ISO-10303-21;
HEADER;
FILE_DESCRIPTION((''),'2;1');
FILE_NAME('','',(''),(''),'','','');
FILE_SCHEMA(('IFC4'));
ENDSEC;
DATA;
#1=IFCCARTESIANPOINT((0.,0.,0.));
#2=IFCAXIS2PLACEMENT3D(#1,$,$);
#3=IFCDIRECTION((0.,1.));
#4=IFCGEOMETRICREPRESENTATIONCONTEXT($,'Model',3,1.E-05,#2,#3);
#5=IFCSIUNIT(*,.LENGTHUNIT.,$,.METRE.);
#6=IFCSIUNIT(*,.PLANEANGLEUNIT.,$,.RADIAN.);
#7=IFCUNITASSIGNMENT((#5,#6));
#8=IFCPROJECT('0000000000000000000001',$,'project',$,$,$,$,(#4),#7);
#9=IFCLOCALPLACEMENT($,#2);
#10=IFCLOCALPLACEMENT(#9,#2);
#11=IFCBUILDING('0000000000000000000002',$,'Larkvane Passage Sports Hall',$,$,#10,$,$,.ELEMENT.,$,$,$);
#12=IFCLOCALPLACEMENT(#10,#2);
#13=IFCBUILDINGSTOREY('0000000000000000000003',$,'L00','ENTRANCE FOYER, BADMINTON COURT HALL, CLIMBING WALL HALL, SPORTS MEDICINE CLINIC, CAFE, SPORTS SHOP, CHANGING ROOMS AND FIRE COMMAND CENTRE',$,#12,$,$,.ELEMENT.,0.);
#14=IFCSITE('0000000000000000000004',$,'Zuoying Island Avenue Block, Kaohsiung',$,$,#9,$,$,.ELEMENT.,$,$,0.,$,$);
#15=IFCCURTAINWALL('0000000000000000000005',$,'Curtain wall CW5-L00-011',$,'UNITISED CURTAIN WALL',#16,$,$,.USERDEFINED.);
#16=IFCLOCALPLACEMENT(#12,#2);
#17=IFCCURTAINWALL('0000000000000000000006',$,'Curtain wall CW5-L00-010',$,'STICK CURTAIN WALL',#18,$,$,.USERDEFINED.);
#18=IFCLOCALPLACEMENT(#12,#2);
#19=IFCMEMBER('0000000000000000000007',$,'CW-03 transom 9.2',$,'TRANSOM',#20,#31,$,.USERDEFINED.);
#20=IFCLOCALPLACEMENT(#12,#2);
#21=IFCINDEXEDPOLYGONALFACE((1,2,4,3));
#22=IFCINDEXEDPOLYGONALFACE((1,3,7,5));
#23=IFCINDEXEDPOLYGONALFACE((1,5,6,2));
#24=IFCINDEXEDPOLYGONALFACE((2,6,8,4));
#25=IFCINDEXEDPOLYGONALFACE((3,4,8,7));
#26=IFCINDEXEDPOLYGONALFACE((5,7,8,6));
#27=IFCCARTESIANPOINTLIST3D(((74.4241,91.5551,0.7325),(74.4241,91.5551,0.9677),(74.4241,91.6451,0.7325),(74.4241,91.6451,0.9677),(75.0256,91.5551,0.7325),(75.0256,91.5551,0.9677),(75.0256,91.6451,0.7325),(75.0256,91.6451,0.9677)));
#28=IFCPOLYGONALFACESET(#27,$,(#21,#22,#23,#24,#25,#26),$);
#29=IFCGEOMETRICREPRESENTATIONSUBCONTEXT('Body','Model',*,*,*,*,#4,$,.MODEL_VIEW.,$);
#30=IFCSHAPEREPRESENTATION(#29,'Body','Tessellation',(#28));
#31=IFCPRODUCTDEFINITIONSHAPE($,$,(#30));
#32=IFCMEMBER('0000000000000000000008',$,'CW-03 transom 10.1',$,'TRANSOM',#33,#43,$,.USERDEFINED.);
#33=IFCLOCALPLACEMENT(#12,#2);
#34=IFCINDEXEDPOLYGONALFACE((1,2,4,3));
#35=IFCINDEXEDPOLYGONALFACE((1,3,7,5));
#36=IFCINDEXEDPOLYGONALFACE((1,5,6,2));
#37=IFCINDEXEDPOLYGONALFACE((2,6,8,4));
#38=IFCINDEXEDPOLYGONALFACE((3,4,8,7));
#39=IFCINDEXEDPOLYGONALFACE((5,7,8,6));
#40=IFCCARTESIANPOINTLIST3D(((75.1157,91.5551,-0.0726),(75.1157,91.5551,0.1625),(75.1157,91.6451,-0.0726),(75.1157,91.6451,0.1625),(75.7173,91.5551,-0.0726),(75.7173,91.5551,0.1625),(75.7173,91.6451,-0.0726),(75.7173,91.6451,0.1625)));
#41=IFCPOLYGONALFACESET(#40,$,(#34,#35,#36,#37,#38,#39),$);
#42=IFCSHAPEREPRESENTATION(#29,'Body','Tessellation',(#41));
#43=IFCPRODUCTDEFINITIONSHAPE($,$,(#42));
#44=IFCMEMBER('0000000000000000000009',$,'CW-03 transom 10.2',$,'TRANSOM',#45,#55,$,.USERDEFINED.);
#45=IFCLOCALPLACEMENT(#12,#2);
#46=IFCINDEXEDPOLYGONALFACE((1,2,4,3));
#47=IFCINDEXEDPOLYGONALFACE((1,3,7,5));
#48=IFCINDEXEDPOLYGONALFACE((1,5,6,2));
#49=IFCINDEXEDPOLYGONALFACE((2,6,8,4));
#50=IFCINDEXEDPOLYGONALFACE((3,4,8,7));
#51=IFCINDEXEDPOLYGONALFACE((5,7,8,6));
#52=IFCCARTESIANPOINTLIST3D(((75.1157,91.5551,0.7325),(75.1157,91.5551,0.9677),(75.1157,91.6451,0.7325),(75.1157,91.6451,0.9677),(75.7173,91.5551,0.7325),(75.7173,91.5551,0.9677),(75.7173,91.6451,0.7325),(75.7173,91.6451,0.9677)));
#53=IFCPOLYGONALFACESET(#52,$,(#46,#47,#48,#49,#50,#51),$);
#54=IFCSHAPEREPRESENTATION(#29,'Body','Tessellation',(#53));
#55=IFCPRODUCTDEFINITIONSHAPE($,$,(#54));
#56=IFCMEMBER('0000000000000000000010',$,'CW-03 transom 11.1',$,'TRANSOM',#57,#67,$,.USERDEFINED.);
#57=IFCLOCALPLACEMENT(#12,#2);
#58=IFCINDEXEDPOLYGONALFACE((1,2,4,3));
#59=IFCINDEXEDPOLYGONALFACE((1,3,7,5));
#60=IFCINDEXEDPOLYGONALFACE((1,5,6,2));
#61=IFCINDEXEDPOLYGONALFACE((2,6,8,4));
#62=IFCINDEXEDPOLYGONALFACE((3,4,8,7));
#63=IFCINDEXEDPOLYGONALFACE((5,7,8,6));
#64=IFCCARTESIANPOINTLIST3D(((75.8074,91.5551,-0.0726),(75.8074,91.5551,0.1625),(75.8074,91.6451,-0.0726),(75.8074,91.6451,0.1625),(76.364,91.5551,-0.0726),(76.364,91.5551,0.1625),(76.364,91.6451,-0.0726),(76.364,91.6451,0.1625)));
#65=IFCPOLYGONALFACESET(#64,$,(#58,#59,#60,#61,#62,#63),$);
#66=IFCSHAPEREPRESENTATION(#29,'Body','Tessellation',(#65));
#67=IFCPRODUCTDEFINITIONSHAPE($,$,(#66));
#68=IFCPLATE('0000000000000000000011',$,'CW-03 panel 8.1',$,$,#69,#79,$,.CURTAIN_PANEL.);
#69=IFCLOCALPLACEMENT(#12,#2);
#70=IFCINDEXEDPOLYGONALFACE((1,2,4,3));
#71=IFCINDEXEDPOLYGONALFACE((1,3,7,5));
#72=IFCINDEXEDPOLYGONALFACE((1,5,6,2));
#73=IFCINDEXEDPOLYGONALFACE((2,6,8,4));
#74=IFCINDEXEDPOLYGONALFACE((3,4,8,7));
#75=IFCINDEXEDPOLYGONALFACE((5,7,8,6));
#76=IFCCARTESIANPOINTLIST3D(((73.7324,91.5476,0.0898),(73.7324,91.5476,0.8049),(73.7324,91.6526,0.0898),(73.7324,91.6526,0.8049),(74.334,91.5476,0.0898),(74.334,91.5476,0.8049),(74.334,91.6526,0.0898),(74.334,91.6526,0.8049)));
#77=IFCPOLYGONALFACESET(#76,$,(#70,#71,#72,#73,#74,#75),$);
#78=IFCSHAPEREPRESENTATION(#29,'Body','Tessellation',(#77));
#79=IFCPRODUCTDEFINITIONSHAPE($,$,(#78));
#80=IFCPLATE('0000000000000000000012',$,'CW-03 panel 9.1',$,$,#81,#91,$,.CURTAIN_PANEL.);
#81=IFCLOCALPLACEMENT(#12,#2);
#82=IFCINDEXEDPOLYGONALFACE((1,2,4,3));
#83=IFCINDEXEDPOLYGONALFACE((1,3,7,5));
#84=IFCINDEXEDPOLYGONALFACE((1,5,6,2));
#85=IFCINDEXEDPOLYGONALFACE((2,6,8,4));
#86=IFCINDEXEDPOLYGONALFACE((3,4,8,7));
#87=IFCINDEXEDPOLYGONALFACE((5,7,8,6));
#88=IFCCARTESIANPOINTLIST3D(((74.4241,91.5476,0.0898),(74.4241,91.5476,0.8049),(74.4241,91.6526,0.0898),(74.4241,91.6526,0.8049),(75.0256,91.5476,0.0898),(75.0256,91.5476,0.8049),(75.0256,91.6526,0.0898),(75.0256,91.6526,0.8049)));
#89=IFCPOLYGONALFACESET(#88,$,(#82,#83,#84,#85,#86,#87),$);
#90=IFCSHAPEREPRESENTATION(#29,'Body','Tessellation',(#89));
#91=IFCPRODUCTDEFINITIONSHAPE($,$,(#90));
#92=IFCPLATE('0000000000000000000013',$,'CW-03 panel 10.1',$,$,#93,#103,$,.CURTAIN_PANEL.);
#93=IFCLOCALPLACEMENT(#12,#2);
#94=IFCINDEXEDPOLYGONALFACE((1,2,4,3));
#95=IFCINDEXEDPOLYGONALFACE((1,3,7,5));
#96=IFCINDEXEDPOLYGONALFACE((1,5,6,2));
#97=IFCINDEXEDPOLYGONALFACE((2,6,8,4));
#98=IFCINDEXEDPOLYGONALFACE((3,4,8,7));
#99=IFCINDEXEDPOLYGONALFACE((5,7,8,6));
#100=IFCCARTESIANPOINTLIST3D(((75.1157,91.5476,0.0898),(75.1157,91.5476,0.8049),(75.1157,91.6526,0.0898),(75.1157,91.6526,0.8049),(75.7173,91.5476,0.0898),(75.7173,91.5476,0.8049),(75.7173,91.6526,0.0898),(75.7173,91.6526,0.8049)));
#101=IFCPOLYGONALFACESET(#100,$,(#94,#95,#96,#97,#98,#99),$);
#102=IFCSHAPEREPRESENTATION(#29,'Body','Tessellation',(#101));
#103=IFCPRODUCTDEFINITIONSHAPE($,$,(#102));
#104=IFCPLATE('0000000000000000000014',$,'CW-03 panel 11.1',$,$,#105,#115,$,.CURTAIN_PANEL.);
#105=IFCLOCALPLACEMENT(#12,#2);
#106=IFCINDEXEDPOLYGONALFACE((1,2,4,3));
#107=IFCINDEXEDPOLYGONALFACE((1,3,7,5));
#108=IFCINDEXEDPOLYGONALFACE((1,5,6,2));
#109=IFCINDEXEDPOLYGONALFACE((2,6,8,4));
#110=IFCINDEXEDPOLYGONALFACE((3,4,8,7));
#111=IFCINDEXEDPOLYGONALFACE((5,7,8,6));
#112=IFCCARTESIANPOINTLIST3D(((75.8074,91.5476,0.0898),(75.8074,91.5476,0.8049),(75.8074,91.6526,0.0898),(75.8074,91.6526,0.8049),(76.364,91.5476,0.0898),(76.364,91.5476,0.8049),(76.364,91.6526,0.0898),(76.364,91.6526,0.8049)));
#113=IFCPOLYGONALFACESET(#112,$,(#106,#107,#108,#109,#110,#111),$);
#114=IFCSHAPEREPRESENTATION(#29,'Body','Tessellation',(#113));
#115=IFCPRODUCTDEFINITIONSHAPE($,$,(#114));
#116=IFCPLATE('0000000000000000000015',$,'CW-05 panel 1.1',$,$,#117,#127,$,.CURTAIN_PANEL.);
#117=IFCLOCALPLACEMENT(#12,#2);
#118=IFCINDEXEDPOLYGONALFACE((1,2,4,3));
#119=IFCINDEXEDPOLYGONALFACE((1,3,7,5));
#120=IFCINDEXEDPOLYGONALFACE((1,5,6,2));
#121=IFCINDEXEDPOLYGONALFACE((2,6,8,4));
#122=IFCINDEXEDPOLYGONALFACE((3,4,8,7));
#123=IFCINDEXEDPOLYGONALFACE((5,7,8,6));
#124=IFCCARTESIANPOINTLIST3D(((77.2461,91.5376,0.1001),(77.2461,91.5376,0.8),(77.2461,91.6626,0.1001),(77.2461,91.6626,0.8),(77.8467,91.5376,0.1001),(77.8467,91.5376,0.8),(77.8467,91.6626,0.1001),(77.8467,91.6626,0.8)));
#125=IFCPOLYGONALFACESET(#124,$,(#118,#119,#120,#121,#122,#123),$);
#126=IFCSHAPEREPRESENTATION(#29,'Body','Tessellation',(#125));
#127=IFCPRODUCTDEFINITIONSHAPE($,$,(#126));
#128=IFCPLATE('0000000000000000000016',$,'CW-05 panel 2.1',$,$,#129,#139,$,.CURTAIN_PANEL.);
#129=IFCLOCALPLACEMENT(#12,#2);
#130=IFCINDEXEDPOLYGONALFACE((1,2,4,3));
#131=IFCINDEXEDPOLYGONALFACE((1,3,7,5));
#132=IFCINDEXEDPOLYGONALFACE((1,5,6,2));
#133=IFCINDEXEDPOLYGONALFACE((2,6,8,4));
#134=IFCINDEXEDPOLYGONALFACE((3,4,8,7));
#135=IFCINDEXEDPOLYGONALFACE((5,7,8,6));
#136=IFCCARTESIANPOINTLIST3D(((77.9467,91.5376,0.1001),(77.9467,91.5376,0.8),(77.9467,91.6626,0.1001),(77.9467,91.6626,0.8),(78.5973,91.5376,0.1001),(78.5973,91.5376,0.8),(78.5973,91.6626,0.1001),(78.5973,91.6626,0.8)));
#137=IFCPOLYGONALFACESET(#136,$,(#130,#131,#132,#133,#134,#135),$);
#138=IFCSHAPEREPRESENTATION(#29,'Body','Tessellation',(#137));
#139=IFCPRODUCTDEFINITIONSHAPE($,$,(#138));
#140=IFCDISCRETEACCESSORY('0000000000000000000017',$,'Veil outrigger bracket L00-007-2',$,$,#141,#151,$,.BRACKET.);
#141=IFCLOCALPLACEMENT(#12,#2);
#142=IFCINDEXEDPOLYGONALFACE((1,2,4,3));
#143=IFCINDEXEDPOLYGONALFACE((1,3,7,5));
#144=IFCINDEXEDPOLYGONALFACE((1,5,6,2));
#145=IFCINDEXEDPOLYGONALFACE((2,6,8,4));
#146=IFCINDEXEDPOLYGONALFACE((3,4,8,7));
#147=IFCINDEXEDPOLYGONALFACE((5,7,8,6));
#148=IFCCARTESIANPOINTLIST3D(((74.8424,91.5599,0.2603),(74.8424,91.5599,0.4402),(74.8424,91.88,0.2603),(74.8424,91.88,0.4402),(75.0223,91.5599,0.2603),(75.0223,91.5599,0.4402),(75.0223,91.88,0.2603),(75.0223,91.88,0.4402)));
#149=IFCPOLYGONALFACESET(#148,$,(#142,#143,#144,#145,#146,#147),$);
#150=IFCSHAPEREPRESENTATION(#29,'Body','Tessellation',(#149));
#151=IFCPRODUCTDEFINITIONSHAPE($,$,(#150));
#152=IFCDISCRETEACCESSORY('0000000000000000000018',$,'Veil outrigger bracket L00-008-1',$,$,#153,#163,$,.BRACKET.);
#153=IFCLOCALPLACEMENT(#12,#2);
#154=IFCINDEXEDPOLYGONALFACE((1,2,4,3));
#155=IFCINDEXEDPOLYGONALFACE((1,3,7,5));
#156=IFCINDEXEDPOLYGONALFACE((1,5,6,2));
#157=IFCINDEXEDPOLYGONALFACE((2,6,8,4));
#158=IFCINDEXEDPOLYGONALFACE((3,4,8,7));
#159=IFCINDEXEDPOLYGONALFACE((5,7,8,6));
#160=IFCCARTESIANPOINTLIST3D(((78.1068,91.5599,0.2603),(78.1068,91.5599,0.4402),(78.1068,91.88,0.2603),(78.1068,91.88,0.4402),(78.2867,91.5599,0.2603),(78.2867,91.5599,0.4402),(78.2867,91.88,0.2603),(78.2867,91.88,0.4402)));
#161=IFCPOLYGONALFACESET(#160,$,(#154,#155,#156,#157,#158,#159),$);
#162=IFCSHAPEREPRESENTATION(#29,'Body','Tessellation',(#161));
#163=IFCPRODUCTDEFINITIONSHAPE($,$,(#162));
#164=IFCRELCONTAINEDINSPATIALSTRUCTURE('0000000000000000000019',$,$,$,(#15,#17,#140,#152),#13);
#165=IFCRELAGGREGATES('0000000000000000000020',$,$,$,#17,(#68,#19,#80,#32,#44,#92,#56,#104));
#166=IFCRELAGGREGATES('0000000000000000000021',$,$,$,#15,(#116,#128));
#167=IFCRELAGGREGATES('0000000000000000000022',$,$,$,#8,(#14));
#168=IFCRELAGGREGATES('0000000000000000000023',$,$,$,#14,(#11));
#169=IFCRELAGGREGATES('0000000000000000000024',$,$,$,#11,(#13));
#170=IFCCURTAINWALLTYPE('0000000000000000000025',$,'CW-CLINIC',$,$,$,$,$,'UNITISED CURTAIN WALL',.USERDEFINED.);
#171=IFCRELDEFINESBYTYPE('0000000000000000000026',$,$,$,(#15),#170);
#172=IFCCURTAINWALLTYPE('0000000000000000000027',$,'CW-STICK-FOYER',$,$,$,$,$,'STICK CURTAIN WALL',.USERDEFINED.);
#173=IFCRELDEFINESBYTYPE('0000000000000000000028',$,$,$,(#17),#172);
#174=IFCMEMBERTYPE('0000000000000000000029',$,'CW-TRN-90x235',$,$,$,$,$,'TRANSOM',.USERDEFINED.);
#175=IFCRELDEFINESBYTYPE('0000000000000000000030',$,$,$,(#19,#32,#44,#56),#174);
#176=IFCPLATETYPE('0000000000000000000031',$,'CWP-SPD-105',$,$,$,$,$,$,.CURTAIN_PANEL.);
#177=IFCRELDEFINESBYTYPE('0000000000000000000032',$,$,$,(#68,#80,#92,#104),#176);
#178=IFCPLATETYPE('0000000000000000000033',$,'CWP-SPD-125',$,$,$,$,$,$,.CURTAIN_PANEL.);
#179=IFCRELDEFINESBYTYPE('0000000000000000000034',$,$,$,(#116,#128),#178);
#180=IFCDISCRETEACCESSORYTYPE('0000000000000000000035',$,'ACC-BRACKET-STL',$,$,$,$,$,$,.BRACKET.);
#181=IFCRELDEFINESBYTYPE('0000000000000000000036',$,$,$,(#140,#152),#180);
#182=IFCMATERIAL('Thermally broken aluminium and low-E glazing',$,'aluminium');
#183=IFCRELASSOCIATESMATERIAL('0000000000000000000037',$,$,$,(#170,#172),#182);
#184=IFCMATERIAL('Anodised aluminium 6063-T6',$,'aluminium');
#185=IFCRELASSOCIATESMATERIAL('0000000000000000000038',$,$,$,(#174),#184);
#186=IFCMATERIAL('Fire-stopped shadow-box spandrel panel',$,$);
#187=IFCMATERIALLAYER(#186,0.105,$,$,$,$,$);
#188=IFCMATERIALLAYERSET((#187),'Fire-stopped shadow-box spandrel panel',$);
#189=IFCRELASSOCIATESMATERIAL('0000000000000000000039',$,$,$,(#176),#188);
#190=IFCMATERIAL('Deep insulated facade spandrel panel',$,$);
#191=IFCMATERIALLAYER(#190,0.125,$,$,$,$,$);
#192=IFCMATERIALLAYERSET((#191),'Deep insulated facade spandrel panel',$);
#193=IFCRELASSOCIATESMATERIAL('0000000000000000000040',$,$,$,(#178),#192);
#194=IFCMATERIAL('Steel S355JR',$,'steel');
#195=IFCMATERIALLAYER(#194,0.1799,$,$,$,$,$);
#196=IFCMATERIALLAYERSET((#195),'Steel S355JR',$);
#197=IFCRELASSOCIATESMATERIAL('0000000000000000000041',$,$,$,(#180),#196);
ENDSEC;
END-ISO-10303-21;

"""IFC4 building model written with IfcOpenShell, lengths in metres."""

from ifc_helpers import new_model, si_unit, direction, frame, origin, origin_2d, place, context, subcontext, project, spatial, rectangle, extrude, material, layer, layer_set, material_profile, profile_set, type_object, element, aggregate, save


model = new_model("IFC4")

# Units and contexts
model_context = context("Model", 3, precision=1e-05, world=origin(), true_north=direction((0.0, 1.0)))
body_context = subcontext(model_context, "Body", "Model", "MODEL_VIEW")
ifc_project = project(units=[si_unit("LENGTHUNIT", "METRE"), si_unit("PLANEANGLEUNIT", "RADIAN")], contexts=[model_context])

# Site, building, storey
site_placement = place(None, origin())
site = spatial("IfcSite", under=ifc_project, at=site_placement, Name="Zuoying Island Avenue Block, Kaohsiung", CompositionType="ELEMENT", RefElevation=0.0)
building_placement = place(site_placement, origin())
building = spatial("IfcBuilding", under=site, at=building_placement, Name="Larkvane Passage Sports Hall", CompositionType="ELEMENT")
storey_placement = place(building_placement, origin())
storey = spatial("IfcBuildingStorey", under=building, at=storey_placement, Name="L00", Description="ENTRANCE FOYER, BADMINTON COURT HALL, CLIMBING WALL HALL, SPORTS MEDICINE CLINIC, CAFE, SPORTS SHOP, CHANGING ROOMS AND FIRE COMMAND CENTRE", CompositionType="ELEMENT", Elevation=0.0)

# Curtain walls
ifc_material_1 = material(Name="Thermally broken aluminium and low-E glazing", Category="aluminium")
curtain_wall_type_1 = type_object("IfcCurtainWallType", Name="CW-CLINIC", ElementType="UNITISED CURTAIN WALL", PredefinedType="USERDEFINED", material=ifc_material_1)
curtain_wall_1_placement = place(storey_placement, origin())
curtain_wall_1 = element("IfcCurtainWall", 1, at=curtain_wall_1_placement, inside=storey, type_object=curtain_wall_type_1, Name="Curtain wall CW5-L00-011", ObjectType="UNITISED CURTAIN WALL", PredefinedType="USERDEFINED")
ifc_material_2 = material(Name="Anodised aluminium 6063-T6", Category="aluminium")
curtain_wall_type_2 = type_object("IfcCurtainWallType", Name="CW-STICK-FOYER", ElementType="STICK CURTAIN WALL", PredefinedType="USERDEFINED", material=ifc_material_1)
curtain_wall_2_placement = place(storey_placement, origin())
curtain_wall_2 = element("IfcCurtainWall", 2, at=curtain_wall_2_placement, inside=storey, type_object=curtain_wall_type_2, Name="Curtain wall CW5-L00-010", ObjectType="STICK CURTAIN WALL", PredefinedType="USERDEFINED")

# Members
ifc_material_profile_1 = material_profile(ifc_material_2, rectangle(XDim=0.0901, YDim=0.2351, at=origin_2d()), Name="ALU-TRN-90x235")
ifc_profile_set_1 = profile_set([ifc_material_profile_1], Name="Anodised aluminium 6063-T6")
member_type_1 = type_object("IfcMemberType", Name="CW-TRN-90x235", ElementType="TRANSOM", PredefinedType="USERDEFINED", material=ifc_profile_set_1)
member_1_placement = place(storey_placement, frame((74.4241, 91.6001, 0.8501), z_axis=(1.0, 0.0, 0.0), x_axis=(0.0, 1.0, 0.0)))
member_1 = element("IfcMember", 3, at=member_1_placement, type_object=member_type_1, Name="CW-03 transom 9.2", ObjectType="TRANSOM", PredefinedType="USERDEFINED", context=body_context, shape_type="SweptSolid", body=[
    extrude(rectangle(XDim=0.0901, YDim=0.2351, at=origin_2d()), origin(), (0.0, 0.0, 1.0), 0.6016),
])
member_2_placement = place(storey_placement, frame((75.1157, 91.6001, 0.0449), z_axis=(1.0, 0.0, 0.0), x_axis=(0.0, 1.0, 0.0)))
member_2 = element("IfcMember", 4, at=member_2_placement, type_object=member_type_1, Name="CW-03 transom 10.1", ObjectType="TRANSOM", PredefinedType="USERDEFINED", context=body_context, shape_type="SweptSolid", body=[
    extrude(rectangle(XDim=0.0901, YDim=0.2351, at=origin_2d()), origin(), (0.0, 0.0, 1.0), 0.6016),
])
member_3_placement = place(storey_placement, frame((75.1157, 91.6001, 0.8501), z_axis=(1.0, 0.0, 0.0), x_axis=(0.0, 1.0, 0.0)))
member_3 = element("IfcMember", 5, at=member_3_placement, type_object=member_type_1, Name="CW-03 transom 10.2", ObjectType="TRANSOM", PredefinedType="USERDEFINED", context=body_context, shape_type="SweptSolid", body=[
    extrude(rectangle(XDim=0.0901, YDim=0.2351, at=origin_2d()), origin(), (0.0, 0.0, 1.0), 0.6016),
])
member_4_placement = place(storey_placement, frame((75.8074, 91.6001, 0.0449), z_axis=(1.0, 0.0, 0.0), x_axis=(0.0, 1.0, 0.0)))
member_4 = element("IfcMember", 6, at=member_4_placement, type_object=member_type_1, Name="CW-03 transom 11.1", ObjectType="TRANSOM", PredefinedType="USERDEFINED", context=body_context, shape_type="SweptSolid", body=[
    extrude(rectangle(XDim=0.0901, YDim=0.2351, at=origin_2d()), origin(), (0.0, 0.0, 1.0), 0.5566),
])

# Plates
ifc_material_3 = material(Name="Fire-stopped shadow-box spandrel panel")
ifc_layer_1 = layer(ifc_material_3, 0.105)
ifc_layer_set_1 = layer_set([ifc_layer_1], Name="Fire-stopped shadow-box spandrel panel")
plate_type_1 = type_object("IfcPlateType", Name="CWP-SPD-105", PredefinedType="CURTAIN_PANEL", material=ifc_layer_set_1)
plate_1_placement = place(storey_placement, frame((74.0332, 91.6001, 0.0898), z_axis=(0.0, 0.0, 1.0), x_axis=(1.0, 0.0, 0.0)))
plate_1 = element("IfcPlate", 7, at=plate_1_placement, type_object=plate_type_1, Name="CW-03 panel 8.1", PredefinedType="CURTAIN_PANEL", context=body_context, shape_type="SweptSolid", body=[
    extrude(rectangle(XDim=0.6016, YDim=0.105, at=origin_2d()), origin(), (0.0, 0.0, 1.0), 0.7151),
])
plate_2_placement = place(storey_placement, frame((74.7249, 91.6001, 0.0898), z_axis=(0.0, 0.0, 1.0), x_axis=(1.0, 0.0, 0.0)))
plate_2 = element("IfcPlate", 8, at=plate_2_placement, type_object=plate_type_1, Name="CW-03 panel 9.1", PredefinedType="CURTAIN_PANEL", context=body_context, shape_type="SweptSolid", body=[
    extrude(rectangle(XDim=0.6016, YDim=0.105, at=origin_2d()), origin(), (0.0, 0.0, 1.0), 0.7151),
])
plate_3_placement = place(storey_placement, frame((75.4165, 91.6001, 0.0898), z_axis=(0.0, 0.0, 1.0), x_axis=(1.0, 0.0, 0.0)))
plate_3 = element("IfcPlate", 9, at=plate_3_placement, type_object=plate_type_1, Name="CW-03 panel 10.1", PredefinedType="CURTAIN_PANEL", context=body_context, shape_type="SweptSolid", body=[
    extrude(rectangle(XDim=0.6016, YDim=0.105, at=origin_2d()), origin(), (0.0, 0.0, 1.0), 0.7151),
])
plate_4_placement = place(storey_placement, frame((76.0857, 91.6001, 0.0898), z_axis=(0.0, 0.0, 1.0), x_axis=(1.0, 0.0, 0.0)))
plate_4 = element("IfcPlate", 10, at=plate_4_placement, type_object=plate_type_1, Name="CW-03 panel 11.1", PredefinedType="CURTAIN_PANEL", context=body_context, shape_type="SweptSolid", body=[
    extrude(rectangle(XDim=0.5566, YDim=0.105, at=origin_2d()), origin(), (0.0, 0.0, 1.0), 0.7151),
])
aggregate(curtain_wall_2, [plate_1, member_1, plate_2, member_2, member_3, plate_3, member_4, plate_4])
ifc_material_4 = material(Name="Deep insulated facade spandrel panel")
ifc_layer_2 = layer(ifc_material_4, 0.125)
ifc_layer_set_2 = layer_set([ifc_layer_2], Name="Deep insulated facade spandrel panel")
plate_type_2 = type_object("IfcPlateType", Name="CWP-SPD-125", PredefinedType="CURTAIN_PANEL", material=ifc_layer_set_2)
plate_5_placement = place(storey_placement, frame((77.5464, 91.6001, 0.1001), z_axis=(0.0, 0.0, 1.0), x_axis=(1.0, 0.0, 0.0)))
plate_5 = element("IfcPlate", 11, at=plate_5_placement, type_object=plate_type_2, Name="CW-05 panel 1.1", PredefinedType="CURTAIN_PANEL", context=body_context, shape_type="SweptSolid", body=[
    extrude(rectangle(XDim=0.6006, YDim=0.125, at=origin_2d()), origin(), (0.0, 0.0, 1.0), 0.7),
])
plate_6_placement = place(storey_placement, frame((78.272, 91.6001, 0.1001), z_axis=(0.0, 0.0, 1.0), x_axis=(1.0, 0.0, 0.0)))
plate_6 = element("IfcPlate", 12, at=plate_6_placement, type_object=plate_type_2, Name="CW-05 panel 2.1", PredefinedType="CURTAIN_PANEL", context=body_context, shape_type="SweptSolid", body=[
    extrude(rectangle(XDim=0.6506, YDim=0.125, at=origin_2d()), origin(), (0.0, 0.0, 1.0), 0.7),
])
aggregate(curtain_wall_1, [plate_5, plate_6])

# Discrete accessories
ifc_material_5 = material(Name="Steel S355JR", Category="steel")
ifc_layer_3 = layer(ifc_material_5, 0.1799)
ifc_layer_set_3 = layer_set([ifc_layer_3], Name="Steel S355JR")
discrete_accessory_type = type_object("IfcDiscreteAccessoryType", Name="ACC-BRACKET-STL", PredefinedType="BRACKET", material=ifc_layer_set_3)
for number, where, z_axis, x_axis, name in (
    (13, (74.9324, 91.72, 0.2603), (0.0, 0.0, 1.0), (1.0, 0.0, 0.0), "Veil outrigger bracket L00-007-2"),
    (14, (78.1968, 91.72, 0.2603), (0.0, 0.0, 1.0), (1.0, 0.0, 0.0), "Veil outrigger bracket L00-008-1"),
):
    element("IfcDiscreteAccessory", number, at=place(storey_placement, frame(where, z_axis=z_axis, x_axis=x_axis)), inside=storey, type_object=discrete_accessory_type, Name=name, PredefinedType="BRACKET", context=body_context, shape_type="SweptSolid", body=[
        extrude(rectangle(XDim=0.1799, YDim=0.3201, at=origin_2d()), origin(), (0.0, 0.0, 1.0), 0.1799),
    ])

save(model, "model.ifc")
